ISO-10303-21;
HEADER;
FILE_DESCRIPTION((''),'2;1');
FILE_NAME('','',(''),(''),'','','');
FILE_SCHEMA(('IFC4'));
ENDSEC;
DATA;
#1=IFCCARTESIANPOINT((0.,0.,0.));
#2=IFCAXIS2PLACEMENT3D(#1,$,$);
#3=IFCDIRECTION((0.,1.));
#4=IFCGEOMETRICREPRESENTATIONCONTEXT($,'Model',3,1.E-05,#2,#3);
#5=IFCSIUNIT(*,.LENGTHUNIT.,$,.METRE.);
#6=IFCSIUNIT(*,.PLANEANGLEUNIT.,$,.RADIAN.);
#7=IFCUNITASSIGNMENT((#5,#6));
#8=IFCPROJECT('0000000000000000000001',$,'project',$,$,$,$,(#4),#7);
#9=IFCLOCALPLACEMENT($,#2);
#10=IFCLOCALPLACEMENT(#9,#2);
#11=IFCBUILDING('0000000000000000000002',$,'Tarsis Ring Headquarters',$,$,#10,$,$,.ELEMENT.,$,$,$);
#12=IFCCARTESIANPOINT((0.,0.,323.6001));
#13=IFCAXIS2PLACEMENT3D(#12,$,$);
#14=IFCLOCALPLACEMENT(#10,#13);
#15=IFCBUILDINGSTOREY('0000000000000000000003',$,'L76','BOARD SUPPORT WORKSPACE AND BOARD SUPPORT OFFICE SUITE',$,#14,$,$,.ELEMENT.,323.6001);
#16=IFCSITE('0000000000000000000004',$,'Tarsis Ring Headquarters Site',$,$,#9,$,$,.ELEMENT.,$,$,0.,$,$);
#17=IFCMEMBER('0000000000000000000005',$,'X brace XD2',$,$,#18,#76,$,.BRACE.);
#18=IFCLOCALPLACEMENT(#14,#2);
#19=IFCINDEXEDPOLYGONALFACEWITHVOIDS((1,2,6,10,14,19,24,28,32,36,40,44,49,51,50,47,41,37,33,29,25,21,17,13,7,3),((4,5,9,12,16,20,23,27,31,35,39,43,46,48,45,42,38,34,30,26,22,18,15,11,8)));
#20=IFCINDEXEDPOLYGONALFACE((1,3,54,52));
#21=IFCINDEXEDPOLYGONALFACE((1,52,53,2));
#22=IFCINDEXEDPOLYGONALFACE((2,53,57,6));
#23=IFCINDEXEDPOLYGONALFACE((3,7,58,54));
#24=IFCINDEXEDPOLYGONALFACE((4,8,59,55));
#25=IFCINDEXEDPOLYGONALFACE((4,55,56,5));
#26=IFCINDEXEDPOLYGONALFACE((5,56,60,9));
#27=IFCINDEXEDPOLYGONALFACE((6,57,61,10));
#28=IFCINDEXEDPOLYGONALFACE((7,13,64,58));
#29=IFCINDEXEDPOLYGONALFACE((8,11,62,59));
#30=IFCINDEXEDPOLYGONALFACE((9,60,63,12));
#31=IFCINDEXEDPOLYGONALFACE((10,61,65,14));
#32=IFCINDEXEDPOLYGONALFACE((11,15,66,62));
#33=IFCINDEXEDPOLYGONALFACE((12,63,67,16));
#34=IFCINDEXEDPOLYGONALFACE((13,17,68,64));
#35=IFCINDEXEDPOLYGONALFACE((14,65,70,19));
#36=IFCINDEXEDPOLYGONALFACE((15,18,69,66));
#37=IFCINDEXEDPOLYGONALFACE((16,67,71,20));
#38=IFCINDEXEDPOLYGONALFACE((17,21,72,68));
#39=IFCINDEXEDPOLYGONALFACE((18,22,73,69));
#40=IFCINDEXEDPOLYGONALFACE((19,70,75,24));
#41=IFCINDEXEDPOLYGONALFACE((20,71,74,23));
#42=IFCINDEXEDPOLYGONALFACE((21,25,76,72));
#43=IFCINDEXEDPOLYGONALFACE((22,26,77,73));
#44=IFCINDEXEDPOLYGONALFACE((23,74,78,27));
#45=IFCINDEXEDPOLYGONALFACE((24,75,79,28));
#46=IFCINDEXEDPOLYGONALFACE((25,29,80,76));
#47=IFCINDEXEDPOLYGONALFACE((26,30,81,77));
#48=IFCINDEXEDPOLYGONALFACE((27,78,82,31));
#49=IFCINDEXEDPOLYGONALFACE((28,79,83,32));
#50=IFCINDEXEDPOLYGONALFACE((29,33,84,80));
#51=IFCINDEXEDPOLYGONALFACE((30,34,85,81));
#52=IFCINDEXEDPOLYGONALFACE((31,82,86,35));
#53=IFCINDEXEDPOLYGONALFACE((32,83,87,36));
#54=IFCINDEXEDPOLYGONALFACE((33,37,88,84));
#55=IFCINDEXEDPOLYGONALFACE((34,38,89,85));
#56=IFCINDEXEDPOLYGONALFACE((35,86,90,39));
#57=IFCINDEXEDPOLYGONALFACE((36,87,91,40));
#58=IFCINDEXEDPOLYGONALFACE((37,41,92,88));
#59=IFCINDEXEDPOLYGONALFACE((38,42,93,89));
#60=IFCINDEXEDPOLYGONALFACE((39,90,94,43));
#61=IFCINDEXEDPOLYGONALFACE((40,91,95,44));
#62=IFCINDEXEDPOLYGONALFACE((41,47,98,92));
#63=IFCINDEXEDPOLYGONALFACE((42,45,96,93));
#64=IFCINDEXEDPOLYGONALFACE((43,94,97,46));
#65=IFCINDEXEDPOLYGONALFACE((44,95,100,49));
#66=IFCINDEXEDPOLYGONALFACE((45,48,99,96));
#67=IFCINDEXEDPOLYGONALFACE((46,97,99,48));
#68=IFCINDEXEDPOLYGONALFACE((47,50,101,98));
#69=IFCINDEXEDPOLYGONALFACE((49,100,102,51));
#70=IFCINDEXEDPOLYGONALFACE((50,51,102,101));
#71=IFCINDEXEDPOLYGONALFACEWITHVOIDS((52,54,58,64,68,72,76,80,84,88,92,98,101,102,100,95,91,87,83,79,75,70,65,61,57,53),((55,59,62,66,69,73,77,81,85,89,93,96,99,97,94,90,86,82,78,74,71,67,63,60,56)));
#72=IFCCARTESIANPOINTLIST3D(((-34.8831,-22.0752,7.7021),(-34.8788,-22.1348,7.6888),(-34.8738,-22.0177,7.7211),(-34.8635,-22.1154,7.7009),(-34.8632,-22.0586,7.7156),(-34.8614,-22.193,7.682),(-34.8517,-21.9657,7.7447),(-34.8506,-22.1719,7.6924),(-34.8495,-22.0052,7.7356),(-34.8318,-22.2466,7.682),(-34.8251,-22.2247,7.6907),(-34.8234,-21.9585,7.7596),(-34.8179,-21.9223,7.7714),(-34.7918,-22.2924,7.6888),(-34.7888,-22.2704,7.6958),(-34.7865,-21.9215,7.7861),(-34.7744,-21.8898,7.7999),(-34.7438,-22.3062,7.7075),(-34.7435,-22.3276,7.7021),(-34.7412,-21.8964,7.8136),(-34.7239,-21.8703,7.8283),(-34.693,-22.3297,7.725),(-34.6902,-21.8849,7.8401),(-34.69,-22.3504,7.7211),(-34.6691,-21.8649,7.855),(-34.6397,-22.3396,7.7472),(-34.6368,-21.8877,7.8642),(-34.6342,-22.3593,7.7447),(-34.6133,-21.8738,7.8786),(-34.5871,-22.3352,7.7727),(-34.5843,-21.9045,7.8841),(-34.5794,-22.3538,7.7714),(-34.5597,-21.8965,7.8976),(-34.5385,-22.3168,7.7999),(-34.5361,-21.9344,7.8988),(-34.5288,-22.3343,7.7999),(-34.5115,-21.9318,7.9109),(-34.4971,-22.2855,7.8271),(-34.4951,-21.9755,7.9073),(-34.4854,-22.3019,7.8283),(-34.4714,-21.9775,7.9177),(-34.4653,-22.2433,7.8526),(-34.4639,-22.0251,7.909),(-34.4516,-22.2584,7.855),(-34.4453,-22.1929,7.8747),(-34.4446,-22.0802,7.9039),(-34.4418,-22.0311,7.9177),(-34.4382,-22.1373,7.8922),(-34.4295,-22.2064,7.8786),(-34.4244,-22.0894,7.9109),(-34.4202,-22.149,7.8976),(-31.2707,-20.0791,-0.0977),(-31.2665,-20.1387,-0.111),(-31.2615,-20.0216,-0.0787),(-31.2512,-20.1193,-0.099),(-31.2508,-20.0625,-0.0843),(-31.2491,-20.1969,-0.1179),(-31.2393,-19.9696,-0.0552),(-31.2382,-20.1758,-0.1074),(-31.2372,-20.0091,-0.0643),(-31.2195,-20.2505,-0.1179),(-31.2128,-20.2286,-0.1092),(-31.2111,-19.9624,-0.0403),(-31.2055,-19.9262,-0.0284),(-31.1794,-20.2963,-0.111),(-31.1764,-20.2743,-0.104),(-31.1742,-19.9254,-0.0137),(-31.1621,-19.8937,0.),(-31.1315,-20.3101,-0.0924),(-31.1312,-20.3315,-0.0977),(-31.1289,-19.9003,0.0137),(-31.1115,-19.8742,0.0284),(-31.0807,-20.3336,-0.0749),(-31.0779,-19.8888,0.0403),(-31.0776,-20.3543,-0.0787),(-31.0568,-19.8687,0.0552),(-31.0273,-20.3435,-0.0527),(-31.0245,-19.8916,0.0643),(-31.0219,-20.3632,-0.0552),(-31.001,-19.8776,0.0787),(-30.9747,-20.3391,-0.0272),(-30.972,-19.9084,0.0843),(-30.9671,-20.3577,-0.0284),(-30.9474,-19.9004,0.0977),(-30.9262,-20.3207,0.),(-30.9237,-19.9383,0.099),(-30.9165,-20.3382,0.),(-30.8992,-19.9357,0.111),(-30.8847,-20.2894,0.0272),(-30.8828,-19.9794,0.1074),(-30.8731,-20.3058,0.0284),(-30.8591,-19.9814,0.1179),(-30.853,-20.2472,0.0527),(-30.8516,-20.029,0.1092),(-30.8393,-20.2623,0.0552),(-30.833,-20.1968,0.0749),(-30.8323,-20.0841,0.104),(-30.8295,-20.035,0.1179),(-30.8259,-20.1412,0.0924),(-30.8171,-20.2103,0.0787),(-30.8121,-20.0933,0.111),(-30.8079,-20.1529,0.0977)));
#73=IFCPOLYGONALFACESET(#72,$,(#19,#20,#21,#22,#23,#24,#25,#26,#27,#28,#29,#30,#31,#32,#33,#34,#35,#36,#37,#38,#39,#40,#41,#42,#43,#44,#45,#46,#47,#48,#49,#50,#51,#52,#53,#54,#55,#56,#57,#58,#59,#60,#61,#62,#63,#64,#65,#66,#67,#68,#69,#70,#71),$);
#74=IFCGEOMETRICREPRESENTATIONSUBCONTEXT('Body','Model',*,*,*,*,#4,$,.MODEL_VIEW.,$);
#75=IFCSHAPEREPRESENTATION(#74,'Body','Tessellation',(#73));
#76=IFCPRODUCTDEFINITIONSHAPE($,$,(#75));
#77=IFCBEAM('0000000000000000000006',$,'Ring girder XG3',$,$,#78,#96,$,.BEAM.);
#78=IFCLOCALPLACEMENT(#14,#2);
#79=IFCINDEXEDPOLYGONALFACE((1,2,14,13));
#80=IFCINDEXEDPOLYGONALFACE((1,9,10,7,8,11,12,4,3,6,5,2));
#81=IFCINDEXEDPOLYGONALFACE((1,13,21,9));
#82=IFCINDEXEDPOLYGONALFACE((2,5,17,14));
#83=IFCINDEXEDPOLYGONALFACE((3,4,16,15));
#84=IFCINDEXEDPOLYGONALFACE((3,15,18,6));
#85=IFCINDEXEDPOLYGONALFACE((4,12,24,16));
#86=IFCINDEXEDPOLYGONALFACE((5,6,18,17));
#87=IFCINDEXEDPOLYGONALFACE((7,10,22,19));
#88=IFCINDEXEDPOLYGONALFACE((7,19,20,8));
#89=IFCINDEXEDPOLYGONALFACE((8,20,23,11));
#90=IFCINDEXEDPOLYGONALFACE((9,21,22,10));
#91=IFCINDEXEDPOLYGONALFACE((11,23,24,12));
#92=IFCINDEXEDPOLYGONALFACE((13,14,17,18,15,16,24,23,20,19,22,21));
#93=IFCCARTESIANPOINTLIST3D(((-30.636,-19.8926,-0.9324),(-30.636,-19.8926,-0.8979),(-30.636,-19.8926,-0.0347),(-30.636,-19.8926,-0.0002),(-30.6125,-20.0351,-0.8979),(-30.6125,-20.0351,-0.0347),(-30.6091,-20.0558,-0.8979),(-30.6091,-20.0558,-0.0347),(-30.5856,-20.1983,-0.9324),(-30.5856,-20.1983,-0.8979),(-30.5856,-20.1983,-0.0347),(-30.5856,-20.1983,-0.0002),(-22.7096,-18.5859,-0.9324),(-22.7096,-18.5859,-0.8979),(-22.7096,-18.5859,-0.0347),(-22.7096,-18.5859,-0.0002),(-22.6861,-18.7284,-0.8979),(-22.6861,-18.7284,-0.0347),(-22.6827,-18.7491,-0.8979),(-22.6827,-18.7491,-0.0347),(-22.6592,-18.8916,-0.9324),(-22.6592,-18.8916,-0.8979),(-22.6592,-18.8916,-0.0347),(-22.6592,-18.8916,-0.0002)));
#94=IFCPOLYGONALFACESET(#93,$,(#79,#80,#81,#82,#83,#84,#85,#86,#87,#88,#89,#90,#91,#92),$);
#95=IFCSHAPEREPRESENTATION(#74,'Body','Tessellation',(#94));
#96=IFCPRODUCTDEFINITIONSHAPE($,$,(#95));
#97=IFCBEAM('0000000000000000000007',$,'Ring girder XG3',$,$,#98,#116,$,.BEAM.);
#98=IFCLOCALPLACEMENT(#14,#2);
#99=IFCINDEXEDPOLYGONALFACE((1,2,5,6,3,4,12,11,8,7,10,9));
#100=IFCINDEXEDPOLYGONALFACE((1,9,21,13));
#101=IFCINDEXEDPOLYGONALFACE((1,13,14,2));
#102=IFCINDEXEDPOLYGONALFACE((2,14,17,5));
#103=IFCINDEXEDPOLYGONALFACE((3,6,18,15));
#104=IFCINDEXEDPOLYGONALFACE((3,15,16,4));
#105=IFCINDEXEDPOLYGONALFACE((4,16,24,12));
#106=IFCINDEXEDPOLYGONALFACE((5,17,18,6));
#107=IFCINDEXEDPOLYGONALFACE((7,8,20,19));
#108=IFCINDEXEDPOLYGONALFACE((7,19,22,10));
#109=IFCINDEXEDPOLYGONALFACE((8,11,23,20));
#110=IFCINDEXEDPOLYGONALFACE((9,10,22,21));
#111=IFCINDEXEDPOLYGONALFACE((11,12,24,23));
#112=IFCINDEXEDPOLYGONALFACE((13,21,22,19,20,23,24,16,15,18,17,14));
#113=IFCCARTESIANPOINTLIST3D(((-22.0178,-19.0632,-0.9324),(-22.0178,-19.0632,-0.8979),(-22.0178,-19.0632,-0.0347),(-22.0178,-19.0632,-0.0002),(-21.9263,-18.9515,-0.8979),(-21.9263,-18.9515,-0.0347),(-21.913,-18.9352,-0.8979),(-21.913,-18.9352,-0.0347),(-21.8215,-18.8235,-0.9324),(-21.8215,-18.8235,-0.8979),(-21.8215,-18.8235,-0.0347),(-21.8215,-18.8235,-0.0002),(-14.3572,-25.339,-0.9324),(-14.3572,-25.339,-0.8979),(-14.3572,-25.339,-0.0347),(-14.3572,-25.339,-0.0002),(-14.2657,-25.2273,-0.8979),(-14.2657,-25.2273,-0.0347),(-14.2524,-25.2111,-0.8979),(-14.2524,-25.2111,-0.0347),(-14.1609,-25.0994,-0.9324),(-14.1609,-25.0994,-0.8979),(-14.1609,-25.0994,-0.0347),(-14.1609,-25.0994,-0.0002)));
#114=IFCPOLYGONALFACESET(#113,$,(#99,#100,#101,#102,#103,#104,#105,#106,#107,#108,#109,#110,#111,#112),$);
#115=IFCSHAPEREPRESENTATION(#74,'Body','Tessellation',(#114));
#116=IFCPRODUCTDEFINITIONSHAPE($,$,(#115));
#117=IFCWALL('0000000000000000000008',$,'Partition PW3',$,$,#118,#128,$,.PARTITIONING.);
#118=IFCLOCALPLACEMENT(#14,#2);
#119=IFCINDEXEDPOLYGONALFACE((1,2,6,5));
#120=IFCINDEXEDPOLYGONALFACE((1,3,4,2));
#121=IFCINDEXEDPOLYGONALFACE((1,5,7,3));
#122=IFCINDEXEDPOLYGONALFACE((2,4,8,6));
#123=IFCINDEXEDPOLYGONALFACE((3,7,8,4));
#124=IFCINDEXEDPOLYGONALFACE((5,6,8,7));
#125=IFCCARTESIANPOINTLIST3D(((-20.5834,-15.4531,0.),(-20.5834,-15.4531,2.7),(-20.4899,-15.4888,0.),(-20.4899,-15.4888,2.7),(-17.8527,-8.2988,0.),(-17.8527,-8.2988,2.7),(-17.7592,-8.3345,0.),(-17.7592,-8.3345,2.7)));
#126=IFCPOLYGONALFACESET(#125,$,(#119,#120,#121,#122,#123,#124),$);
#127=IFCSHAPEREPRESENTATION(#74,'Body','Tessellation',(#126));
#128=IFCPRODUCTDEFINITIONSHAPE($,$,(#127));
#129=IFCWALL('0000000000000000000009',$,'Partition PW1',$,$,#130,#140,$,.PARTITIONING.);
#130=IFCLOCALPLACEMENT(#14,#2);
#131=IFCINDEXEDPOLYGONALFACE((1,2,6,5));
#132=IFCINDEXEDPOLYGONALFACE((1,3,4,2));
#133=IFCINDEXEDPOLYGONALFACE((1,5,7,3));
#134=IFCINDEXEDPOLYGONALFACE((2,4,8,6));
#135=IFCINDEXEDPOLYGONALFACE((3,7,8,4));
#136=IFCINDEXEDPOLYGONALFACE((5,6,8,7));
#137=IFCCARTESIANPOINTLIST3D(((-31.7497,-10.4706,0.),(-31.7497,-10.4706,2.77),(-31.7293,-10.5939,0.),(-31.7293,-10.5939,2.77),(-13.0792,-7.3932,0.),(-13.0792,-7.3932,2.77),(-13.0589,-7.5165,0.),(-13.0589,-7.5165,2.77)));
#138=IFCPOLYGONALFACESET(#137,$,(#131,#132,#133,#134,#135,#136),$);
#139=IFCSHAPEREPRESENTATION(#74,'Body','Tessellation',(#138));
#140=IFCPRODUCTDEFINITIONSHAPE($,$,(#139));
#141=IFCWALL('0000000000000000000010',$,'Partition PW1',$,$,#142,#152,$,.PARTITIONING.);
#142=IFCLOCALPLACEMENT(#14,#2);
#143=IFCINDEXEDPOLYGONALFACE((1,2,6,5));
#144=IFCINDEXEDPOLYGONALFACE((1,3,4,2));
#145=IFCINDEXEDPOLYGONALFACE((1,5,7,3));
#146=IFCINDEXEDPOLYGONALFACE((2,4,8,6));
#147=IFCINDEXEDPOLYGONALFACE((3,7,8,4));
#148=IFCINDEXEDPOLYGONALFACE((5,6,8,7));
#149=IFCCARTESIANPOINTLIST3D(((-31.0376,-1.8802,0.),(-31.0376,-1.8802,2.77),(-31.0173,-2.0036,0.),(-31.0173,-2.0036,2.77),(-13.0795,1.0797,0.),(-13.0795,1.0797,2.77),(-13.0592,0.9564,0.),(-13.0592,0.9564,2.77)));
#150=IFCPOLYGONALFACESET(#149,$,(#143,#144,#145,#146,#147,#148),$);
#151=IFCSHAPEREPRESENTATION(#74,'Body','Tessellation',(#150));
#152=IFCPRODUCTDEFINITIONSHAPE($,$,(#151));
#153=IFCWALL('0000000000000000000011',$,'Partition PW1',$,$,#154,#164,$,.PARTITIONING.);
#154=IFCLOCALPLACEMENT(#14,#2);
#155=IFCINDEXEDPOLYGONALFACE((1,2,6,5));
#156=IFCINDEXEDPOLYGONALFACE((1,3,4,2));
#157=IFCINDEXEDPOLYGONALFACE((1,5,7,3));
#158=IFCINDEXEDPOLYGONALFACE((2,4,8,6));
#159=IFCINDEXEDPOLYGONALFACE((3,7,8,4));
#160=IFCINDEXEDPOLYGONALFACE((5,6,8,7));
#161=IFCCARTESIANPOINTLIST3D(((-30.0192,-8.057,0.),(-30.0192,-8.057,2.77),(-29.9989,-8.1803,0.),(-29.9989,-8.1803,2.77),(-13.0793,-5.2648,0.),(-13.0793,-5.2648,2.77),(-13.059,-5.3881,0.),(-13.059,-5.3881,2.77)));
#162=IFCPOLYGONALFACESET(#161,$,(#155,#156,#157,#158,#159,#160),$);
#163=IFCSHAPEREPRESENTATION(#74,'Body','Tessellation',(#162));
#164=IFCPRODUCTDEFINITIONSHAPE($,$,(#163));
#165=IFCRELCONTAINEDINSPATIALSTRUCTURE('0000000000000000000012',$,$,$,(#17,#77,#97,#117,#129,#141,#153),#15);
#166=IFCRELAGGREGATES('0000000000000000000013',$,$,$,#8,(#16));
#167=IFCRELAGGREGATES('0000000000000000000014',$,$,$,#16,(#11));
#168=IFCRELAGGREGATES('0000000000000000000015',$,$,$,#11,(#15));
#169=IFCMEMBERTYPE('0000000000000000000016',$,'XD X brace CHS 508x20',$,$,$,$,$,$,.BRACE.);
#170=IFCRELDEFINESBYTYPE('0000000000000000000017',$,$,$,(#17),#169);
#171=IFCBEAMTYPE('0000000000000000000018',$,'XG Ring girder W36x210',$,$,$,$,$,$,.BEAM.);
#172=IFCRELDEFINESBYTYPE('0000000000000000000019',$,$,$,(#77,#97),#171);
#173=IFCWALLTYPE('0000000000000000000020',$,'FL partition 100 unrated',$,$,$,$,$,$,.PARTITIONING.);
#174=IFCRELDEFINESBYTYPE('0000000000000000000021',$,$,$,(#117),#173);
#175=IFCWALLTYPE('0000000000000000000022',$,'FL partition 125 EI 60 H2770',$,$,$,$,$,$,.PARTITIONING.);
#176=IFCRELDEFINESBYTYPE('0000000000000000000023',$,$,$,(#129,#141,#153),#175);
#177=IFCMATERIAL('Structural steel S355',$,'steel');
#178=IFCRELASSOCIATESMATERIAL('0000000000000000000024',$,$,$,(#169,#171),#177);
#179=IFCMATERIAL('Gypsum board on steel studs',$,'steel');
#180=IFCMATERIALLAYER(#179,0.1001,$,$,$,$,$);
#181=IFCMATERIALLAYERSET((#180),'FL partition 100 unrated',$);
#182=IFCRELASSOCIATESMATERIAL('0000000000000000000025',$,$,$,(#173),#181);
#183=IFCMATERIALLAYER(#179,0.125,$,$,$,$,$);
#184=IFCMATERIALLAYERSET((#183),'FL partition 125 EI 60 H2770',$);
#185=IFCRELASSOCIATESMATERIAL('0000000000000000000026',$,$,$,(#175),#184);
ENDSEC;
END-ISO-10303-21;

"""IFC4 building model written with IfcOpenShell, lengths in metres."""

from ifc_helpers import new_model, si_unit, direction, frame, frame_2d, origin, origin_2d, place, context, subcontext, project, spatial, rectangle, hollow_circle, i_section, extrude, material, layer, layer_set, material_profile, profile_set, type_object, element, save


model = new_model("IFC4")

# Units and contexts
model_context = context("Model", 3, precision=1e-05, world=origin(), true_north=direction((0.0, 1.0)))
body_context = subcontext(model_context, "Body", "Model", "MODEL_VIEW")
ifc_project = project(units=[si_unit("LENGTHUNIT", "METRE"), si_unit("PLANEANGLEUNIT", "RADIAN")], contexts=[model_context])

# Site, building, storey
site_placement = place(None, origin())
site = spatial("IfcSite", under=ifc_project, at=site_placement, Name="Tarsis Ring Headquarters Site", CompositionType="ELEMENT", RefElevation=0.0)
building_placement = place(site_placement, origin())
building = spatial("IfcBuilding", under=site, at=building_placement, Name="Tarsis Ring Headquarters", CompositionType="ELEMENT")
storey_placement = place(building_placement, frame((0.0, 0.0, 323.6001)))
storey = spatial("IfcBuildingStorey", under=building, at=storey_placement, Name="L76", Description="BOARD SUPPORT WORKSPACE AND BOARD SUPPORT OFFICE SUITE", CompositionType="ELEMENT", Elevation=323.6001)

# Shared definitions
ifc_material_1 = material(Name="Structural steel S355", Category="steel")

# Member
ifc_material_profile_1 = material_profile(ifc_material_1, hollow_circle(Radius=0.2539, WallThickness=0.02, at=origin_2d()), Name="CHS 508x20")
ifc_profile_set_1 = profile_set([ifc_material_profile_1], Name="Structural steel S355")
member_type = type_object("IfcMemberType", Name="XD X brace CHS 508x20", PredefinedType="BRACE", material=ifc_profile_set_1)
member_placement = place(storey_placement, frame((-31.0393, -20.116, 0.0), z_axis=(-0.409354, -0.226202, 0.88389), x_axis=(0.483653, -0.87526, 0.0)))
element("IfcMember", 1, at=member_placement, inside=storey, type_object=member_type, Name="X brace XD2", PredefinedType="BRACE", context=body_context, shape_type="SweptSolid", body=[
    extrude(hollow_circle(Radius=0.2539, WallThickness=0.02, at=origin_2d()), origin(), (0.0, 0.0, 1.0), 8.8245),
])

# Beams
ifc_material_profile_2 = material_profile(ifc_material_1, i_section(OverallWidth=0.3098, OverallDepth=0.9321, WebThickness=0.021, FlangeThickness=0.0344, at=origin_2d()), Name="W36x210")
ifc_profile_set_2 = profile_set([ifc_material_profile_2], Name="Structural steel S355")
beam_type = type_object("IfcBeamType", Name="XG Ring girder W36x210", PredefinedType="BEAM", material=ifc_profile_set_2)
beam_1_placement = place(storey_placement, frame((-30.6108, -20.0454, -0.4663), z_axis=(0.986684, 0.162649, 0.0), x_axis=(-0.162649, 0.986684, 0.0)))
element("IfcBeam", 2, at=beam_1_placement, inside=storey, type_object=beam_type, Name="Ring girder XG3", PredefinedType="BEAM", context=body_context, shape_type="SweptSolid", body=[
    extrude(i_section(OverallWidth=0.3098, OverallDepth=0.9321, WebThickness=0.021, FlangeThickness=0.0344, at=origin_2d()), origin(), (0.0, 0.0, 1.0), 8.0334),
])
beam_2_placement = place(storey_placement, frame((-21.9197, -18.9434, -0.4663), z_axis=(0.773557, -0.633726, 0.0), x_axis=(0.633726, 0.773557, 0.0)))
element("IfcBeam", 3, at=beam_2_placement, inside=storey, type_object=beam_type, Name="Ring girder XG3", PredefinedType="BEAM", context=body_context, shape_type="SweptSolid", body=[
    extrude(i_section(OverallWidth=0.3098, OverallDepth=0.9321, WebThickness=0.021, FlangeThickness=0.0344, at=origin_2d()), origin(), (0.0, 0.0, 1.0), 9.9031),
])

# Walls
ifc_material_2 = material(Name="Gypsum board on steel studs", Category="steel")
ifc_layer_1 = layer(ifc_material_2, 0.1001)
ifc_layer_set_1 = layer_set([ifc_layer_1], Name="FL partition 100 unrated")
wall_type_1 = type_object("IfcWallType", Name="FL partition 100 unrated", PredefinedType="PARTITIONING", material=ifc_layer_set_1)
wall_1_placement = place(storey_placement, frame((-20.5366, -15.4709, 0.0), z_axis=(0.0, 0.0, 1.0), x_axis=(0.356596, 0.934259, 0.0)))
element("IfcWall", 4, at=wall_1_placement, inside=storey, type_object=wall_type_1, Name="Partition PW3", PredefinedType="PARTITIONING", context=body_context, shape_type="SweptSolid", body=[
    extrude(rectangle(XDim=7.6577, YDim=0.1001, at=frame_2d((3.8289, 0.0))), origin(), (0.0, 0.0, 1.0), 2.7),
])
ifc_layer_2 = layer(ifc_material_2, 0.125)
ifc_layer_set_2 = layer_set([ifc_layer_2], Name="FL partition 125 EI 60 H2770")
wall_type_2 = type_object("IfcWallType", Name="FL partition 125 EI 60 H2770", PredefinedType="PARTITIONING", material=ifc_layer_set_2)
wall_2_placement = place(storey_placement, frame((-31.7395, -10.5322, 0.0), z_axis=(0.0, 0.0, 1.0), x_axis=(0.986687, 0.162633, 0.0)))
element("IfcWall", 5, at=wall_2_placement, inside=storey, type_object=wall_type_2, Name="Partition PW1", PredefinedType="PARTITIONING", context=body_context, shape_type="SweptSolid", body=[
    extrude(rectangle(XDim=18.9224, YDim=0.125, at=frame_2d((9.4612, 0.0))), origin(), (0.0, 0.0, 1.0), 2.77),
])
wall_3_placement = place(storey_placement, frame((-31.0273, -1.9419, 0.0), z_axis=(0.0, 0.0, 1.0), x_axis=(0.986687, 0.16263, 0.0)))
element("IfcWall", 6, at=wall_3_placement, inside=storey, type_object=wall_type_2, Name="Partition PW1", PredefinedType="PARTITIONING", context=body_context, shape_type="SweptSolid", body=[
    extrude(rectangle(XDim=18.2004, YDim=0.125, at=frame_2d((9.1001, 0.0))), origin(), (0.0, 0.0, 1.0), 2.77),
])
wall_4_placement = place(storey_placement, frame((-30.009, -8.1187, 0.0), z_axis=(0.0, 0.0, 1.0), x_axis=(0.986686, 0.162637, 0.0)))
element("IfcWall", 7, at=wall_4_placement, inside=storey, type_object=wall_type_2, Name="Partition PW1", PredefinedType="PARTITIONING", context=body_context, shape_type="SweptSolid", body=[
    extrude(rectangle(XDim=17.1685, YDim=0.125, at=frame_2d((8.5842, 0.0))), origin(), (0.0, 0.0, 1.0), 2.77),
])

save(model, "model.ifc")
